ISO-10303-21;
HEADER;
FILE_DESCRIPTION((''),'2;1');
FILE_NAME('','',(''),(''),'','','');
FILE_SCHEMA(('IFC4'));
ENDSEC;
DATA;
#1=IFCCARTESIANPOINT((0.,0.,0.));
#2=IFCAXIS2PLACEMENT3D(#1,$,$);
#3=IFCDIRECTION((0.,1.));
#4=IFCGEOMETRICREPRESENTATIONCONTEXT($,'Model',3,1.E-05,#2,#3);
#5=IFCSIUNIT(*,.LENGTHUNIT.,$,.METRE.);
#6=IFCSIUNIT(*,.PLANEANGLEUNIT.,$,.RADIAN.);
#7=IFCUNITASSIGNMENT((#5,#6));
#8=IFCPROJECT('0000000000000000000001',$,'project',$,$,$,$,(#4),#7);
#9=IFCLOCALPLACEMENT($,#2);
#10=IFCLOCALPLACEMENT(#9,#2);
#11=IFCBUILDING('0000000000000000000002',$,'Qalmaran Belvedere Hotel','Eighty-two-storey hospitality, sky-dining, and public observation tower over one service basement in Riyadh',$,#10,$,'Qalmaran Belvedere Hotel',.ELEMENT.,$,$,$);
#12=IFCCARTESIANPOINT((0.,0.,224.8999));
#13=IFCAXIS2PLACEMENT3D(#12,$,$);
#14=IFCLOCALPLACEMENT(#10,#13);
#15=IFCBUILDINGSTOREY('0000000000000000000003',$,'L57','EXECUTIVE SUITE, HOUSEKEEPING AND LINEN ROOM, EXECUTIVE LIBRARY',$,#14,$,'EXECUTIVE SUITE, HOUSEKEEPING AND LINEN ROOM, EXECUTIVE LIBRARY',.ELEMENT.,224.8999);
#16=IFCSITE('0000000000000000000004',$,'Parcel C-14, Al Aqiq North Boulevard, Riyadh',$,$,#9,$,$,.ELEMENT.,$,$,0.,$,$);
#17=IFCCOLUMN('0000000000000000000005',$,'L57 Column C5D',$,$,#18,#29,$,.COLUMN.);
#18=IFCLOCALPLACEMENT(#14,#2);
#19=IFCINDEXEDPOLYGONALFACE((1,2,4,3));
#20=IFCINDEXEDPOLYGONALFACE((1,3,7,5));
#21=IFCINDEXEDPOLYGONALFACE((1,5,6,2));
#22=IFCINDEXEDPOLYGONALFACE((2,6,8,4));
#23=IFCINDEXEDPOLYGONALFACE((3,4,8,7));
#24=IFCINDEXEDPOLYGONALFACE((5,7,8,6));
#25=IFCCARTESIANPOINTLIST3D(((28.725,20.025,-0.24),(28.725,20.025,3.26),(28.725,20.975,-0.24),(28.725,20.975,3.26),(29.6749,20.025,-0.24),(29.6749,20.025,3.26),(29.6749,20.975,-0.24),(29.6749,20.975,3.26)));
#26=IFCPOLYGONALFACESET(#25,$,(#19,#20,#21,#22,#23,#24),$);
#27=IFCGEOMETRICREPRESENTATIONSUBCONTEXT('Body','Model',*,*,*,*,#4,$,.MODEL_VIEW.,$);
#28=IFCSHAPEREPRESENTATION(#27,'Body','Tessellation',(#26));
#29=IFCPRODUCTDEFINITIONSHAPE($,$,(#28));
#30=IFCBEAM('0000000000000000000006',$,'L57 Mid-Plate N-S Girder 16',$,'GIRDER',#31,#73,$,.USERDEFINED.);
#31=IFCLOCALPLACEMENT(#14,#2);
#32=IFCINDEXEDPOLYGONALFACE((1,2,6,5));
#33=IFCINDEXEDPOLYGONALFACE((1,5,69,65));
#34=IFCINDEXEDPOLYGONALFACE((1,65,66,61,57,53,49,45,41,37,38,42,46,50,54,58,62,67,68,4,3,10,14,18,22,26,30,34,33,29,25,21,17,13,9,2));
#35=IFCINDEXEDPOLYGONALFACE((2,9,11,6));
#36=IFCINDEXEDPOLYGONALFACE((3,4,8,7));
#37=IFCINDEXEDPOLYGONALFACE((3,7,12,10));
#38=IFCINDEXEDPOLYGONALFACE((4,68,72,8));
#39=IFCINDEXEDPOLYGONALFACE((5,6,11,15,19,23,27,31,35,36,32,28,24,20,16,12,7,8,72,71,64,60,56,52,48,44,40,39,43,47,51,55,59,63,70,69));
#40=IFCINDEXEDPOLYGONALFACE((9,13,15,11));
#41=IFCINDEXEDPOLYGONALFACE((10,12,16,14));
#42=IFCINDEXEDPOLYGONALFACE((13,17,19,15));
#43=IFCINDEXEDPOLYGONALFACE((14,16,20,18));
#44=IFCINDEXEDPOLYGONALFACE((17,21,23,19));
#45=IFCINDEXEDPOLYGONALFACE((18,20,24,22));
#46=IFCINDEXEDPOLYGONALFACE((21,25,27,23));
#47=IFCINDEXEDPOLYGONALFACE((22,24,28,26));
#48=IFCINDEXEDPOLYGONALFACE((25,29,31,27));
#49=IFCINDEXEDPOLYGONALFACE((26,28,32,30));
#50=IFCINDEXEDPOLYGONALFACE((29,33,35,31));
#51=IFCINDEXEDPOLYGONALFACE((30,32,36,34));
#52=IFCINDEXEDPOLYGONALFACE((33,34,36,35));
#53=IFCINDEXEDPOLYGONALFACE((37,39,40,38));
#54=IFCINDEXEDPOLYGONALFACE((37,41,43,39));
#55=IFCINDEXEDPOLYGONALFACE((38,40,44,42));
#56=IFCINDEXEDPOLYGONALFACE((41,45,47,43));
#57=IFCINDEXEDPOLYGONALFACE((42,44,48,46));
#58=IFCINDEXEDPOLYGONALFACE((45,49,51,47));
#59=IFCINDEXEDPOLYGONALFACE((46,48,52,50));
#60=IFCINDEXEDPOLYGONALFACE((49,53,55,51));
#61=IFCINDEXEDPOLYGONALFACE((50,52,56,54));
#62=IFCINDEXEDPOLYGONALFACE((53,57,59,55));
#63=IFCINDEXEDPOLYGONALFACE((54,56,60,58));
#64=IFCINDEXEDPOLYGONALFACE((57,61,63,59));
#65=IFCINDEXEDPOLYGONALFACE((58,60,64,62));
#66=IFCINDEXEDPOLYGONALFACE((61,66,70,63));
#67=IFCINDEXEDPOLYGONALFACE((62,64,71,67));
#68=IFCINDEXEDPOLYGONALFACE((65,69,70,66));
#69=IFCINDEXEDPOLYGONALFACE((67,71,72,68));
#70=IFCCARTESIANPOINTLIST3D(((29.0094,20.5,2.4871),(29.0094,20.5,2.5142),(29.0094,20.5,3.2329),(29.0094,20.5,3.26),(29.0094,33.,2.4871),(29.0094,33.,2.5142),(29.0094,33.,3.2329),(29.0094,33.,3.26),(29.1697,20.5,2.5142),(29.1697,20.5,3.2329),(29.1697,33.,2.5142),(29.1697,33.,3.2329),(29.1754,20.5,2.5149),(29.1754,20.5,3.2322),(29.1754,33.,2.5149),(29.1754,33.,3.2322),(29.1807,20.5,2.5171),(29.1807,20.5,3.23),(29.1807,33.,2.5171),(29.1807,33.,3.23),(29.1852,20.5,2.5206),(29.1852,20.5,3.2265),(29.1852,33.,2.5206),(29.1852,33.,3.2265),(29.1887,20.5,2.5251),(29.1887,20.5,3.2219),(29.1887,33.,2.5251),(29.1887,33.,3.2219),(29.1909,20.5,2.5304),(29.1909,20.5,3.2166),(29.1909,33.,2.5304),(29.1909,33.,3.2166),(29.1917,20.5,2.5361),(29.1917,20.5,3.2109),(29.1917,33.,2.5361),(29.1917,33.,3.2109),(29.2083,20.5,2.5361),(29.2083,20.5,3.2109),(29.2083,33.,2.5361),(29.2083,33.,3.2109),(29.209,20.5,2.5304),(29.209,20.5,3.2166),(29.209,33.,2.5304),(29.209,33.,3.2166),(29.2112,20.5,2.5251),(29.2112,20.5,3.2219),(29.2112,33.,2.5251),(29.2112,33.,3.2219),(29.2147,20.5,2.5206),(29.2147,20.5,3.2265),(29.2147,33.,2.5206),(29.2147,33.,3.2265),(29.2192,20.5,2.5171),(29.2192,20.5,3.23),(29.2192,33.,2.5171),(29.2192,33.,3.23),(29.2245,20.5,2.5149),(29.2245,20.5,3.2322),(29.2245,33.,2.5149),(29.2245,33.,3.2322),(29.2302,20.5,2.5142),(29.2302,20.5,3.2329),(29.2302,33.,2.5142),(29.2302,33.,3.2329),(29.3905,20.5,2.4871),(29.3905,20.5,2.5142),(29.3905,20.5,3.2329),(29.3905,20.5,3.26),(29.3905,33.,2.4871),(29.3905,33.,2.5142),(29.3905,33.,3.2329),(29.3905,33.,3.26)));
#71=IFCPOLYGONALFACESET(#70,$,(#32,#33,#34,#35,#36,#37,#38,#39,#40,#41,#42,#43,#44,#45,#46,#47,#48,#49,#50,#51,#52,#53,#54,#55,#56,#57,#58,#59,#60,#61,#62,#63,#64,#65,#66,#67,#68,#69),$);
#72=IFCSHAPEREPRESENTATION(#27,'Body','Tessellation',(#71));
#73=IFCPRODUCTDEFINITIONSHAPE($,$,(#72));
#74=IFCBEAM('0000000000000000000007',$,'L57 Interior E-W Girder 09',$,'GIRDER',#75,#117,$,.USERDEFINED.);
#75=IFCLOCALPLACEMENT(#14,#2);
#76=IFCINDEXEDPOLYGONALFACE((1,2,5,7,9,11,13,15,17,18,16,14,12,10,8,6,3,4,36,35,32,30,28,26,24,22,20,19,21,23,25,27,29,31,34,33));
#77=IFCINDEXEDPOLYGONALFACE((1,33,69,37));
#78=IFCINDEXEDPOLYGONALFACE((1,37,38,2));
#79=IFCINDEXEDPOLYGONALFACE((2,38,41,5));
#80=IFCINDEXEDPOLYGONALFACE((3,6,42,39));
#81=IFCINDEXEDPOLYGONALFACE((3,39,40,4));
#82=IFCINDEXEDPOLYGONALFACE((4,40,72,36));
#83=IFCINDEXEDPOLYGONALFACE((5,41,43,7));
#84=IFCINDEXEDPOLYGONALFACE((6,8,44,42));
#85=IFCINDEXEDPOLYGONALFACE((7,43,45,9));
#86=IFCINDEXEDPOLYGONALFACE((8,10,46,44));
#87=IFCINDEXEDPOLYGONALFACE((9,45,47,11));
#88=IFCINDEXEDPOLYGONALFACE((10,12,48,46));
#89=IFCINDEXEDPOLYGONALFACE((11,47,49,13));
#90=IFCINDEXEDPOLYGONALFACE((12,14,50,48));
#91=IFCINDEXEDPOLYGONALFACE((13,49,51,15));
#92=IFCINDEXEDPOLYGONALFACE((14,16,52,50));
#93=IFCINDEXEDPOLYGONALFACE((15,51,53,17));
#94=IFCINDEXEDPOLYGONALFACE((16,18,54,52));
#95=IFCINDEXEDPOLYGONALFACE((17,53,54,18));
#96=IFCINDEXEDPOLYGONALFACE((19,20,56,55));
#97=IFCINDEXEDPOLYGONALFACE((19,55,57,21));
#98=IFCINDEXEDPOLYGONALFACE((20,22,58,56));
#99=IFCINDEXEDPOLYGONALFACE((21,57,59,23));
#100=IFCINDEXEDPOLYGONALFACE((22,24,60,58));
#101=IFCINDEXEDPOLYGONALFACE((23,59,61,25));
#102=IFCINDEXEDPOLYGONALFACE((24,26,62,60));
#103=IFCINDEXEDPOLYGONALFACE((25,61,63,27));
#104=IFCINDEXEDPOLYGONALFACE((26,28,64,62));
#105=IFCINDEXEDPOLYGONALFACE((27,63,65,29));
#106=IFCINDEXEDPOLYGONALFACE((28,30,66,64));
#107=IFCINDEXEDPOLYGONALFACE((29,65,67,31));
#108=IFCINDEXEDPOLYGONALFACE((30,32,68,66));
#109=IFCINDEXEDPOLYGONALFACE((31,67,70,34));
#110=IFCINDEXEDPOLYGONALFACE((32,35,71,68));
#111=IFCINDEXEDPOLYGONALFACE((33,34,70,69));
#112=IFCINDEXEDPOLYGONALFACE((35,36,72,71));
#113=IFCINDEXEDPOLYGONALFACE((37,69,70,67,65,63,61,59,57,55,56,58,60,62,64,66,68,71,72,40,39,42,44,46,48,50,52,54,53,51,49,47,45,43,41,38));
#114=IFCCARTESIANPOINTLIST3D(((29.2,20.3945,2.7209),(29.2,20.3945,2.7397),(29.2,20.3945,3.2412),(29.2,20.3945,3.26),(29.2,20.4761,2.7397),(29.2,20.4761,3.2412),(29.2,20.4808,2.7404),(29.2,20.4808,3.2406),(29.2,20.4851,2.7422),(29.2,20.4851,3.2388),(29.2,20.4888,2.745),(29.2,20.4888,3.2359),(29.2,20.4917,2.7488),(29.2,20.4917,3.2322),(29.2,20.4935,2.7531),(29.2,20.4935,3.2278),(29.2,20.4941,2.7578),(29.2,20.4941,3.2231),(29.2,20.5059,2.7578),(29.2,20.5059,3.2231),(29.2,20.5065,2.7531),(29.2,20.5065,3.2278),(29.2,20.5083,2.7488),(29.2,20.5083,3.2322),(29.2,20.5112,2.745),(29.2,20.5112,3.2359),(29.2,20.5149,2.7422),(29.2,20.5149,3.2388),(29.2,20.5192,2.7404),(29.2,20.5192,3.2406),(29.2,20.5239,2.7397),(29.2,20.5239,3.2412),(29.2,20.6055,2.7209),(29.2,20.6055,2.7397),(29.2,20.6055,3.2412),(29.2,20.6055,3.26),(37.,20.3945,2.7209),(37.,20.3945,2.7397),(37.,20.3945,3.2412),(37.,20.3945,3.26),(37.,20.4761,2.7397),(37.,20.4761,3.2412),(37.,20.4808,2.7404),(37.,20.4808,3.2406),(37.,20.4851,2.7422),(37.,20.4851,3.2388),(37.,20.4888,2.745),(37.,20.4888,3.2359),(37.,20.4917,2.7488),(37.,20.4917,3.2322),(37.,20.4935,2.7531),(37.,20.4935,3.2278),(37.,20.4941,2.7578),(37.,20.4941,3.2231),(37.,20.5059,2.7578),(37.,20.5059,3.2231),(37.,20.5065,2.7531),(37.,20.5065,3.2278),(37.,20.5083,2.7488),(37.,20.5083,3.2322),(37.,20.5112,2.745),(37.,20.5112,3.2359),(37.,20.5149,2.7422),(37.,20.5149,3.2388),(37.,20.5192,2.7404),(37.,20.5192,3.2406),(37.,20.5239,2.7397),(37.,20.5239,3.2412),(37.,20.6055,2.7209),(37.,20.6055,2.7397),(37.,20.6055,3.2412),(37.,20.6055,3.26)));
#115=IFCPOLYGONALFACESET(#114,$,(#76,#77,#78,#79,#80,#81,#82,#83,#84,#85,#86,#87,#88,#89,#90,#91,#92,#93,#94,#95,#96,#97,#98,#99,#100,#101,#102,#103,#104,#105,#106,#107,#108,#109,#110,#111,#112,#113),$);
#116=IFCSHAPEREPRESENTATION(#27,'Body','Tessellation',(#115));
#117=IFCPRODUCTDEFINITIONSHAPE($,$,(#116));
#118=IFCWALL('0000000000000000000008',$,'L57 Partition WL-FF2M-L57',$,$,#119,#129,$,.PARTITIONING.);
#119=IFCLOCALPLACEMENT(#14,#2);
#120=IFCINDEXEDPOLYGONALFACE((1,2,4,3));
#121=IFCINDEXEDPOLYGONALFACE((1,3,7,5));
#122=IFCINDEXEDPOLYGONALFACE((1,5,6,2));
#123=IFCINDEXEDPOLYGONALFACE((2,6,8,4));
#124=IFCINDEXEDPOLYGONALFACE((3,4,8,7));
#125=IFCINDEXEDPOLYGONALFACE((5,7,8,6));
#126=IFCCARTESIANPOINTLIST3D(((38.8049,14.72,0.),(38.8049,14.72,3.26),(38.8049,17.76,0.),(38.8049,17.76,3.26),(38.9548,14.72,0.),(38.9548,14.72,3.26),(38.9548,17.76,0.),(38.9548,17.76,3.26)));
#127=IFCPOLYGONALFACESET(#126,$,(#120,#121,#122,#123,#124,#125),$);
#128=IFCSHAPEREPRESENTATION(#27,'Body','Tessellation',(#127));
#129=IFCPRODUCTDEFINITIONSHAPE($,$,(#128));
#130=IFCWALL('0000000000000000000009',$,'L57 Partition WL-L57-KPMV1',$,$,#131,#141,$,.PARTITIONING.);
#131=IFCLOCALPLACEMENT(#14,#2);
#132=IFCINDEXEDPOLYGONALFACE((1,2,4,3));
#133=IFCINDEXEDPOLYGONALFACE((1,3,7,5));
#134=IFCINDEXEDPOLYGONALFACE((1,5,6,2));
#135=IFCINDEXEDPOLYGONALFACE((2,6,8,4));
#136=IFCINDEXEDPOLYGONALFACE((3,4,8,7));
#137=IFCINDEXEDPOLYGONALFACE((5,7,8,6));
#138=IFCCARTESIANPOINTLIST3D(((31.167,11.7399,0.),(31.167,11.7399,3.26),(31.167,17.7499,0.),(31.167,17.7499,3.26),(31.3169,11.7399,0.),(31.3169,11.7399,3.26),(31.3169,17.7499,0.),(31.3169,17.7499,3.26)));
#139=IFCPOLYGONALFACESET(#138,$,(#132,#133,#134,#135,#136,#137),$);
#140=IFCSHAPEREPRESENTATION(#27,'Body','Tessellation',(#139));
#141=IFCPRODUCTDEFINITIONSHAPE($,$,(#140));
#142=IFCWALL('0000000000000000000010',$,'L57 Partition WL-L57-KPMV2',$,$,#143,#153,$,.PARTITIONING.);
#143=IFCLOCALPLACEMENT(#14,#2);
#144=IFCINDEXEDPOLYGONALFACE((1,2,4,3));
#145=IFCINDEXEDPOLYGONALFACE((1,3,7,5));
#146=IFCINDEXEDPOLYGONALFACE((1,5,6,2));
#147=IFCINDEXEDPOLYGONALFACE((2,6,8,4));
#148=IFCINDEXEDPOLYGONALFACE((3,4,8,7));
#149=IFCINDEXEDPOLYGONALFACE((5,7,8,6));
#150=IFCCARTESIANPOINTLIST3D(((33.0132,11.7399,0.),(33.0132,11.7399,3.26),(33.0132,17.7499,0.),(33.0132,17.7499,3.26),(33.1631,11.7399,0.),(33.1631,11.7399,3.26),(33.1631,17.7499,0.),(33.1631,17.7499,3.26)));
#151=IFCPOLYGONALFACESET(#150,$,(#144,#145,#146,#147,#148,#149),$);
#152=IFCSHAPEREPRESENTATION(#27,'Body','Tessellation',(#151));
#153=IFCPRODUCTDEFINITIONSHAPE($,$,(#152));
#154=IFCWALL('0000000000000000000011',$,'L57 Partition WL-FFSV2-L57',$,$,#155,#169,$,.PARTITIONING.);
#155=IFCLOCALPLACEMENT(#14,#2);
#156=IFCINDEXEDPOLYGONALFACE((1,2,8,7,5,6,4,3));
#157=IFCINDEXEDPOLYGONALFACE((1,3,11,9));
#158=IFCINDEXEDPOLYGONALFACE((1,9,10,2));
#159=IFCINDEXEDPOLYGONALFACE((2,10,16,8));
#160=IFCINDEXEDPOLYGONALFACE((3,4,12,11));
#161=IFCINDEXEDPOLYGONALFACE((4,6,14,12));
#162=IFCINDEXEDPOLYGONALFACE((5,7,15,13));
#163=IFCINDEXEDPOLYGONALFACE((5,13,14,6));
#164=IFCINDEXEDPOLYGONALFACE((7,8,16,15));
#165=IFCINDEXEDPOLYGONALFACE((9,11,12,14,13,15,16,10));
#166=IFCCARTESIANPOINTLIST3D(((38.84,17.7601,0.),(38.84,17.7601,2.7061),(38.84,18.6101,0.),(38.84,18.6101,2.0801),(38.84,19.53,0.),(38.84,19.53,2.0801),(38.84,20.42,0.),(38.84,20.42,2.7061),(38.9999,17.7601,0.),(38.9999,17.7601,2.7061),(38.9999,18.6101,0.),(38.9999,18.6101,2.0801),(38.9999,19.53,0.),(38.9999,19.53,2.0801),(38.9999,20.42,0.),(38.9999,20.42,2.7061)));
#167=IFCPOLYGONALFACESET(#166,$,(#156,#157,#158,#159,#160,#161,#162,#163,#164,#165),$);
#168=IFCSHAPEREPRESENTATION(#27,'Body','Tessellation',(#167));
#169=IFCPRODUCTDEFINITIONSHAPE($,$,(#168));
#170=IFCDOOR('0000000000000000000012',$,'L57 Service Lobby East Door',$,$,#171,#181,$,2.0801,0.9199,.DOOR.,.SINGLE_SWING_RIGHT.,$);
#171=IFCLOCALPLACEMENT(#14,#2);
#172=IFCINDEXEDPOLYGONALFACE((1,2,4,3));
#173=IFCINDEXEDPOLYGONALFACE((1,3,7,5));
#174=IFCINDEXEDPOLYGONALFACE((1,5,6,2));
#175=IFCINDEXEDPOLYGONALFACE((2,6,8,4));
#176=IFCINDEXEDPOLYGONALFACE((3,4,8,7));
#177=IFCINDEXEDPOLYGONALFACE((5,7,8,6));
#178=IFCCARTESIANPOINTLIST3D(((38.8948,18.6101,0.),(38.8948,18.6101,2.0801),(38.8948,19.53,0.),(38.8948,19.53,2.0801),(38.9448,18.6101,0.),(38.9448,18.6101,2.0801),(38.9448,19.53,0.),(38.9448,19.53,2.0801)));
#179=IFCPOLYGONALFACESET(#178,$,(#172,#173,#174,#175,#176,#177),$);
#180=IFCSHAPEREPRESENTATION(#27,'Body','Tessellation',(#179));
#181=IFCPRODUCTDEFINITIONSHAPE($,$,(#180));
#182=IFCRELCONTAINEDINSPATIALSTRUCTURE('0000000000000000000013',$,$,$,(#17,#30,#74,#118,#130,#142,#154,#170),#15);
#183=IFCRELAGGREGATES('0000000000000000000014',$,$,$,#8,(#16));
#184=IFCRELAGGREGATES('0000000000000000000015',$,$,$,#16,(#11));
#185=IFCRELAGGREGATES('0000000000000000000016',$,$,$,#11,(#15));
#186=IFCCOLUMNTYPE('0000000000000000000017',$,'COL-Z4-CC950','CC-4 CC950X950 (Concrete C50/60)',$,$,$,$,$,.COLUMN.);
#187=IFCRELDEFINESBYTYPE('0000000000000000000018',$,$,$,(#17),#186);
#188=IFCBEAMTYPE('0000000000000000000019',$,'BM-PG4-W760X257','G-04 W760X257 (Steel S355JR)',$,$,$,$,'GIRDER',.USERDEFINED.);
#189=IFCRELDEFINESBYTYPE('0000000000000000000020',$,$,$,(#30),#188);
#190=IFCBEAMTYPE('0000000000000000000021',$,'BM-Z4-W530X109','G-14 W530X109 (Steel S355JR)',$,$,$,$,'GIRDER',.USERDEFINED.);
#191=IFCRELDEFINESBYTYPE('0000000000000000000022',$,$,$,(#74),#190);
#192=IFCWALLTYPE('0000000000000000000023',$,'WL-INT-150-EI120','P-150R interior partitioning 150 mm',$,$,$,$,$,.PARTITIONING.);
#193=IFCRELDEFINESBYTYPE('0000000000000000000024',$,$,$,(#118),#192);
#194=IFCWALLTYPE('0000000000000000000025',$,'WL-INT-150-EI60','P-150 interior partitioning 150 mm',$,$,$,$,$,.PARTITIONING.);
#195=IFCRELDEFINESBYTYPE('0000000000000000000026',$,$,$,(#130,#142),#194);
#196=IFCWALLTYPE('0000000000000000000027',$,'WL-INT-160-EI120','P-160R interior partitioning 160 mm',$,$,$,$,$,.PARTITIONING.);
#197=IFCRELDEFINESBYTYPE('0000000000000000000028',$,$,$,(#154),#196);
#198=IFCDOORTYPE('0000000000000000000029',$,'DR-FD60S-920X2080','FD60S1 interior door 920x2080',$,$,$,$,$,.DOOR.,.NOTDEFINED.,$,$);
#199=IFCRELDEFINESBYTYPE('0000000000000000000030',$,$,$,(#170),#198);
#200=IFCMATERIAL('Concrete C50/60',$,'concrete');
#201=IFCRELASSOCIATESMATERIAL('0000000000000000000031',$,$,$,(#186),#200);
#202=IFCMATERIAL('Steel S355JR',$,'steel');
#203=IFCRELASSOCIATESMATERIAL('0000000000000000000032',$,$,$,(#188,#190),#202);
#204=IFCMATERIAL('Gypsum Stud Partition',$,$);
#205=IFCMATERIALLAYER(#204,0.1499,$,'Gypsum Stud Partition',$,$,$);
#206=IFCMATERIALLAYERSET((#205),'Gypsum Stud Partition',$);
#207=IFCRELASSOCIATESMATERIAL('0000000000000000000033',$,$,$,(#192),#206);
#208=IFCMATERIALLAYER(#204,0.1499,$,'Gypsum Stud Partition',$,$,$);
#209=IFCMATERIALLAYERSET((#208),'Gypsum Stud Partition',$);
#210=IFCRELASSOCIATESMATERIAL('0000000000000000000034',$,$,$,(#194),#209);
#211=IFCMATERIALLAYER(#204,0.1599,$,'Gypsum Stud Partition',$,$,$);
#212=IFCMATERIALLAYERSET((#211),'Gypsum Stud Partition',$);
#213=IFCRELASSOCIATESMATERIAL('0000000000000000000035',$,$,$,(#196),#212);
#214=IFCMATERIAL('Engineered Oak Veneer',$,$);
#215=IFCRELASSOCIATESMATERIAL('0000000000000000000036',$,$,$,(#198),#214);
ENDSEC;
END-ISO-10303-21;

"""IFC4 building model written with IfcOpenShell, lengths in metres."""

from ifc_helpers import new_model, si_unit, direction, frame, frame_2d, origin, origin_2d, place, context, subcontext, project, spatial, rectangle, i_section, extrude, material, layer, layer_set, material_profile, profile_set, type_object, element, fill, save


model = new_model("IFC4")

# Units and contexts
model_context = context("Model", 3, precision=1e-05, world=origin(), true_north=direction((0.0, 1.0)))
body_context = subcontext(model_context, "Body", "Model", "MODEL_VIEW")
ifc_project = project(units=[si_unit("LENGTHUNIT", "METRE"), si_unit("PLANEANGLEUNIT", "RADIAN")], contexts=[model_context])

# Site, building, storey
site_placement = place(None, origin())
site = spatial("IfcSite", under=ifc_project, at=site_placement, Name="Parcel C-14, Al Aqiq North Boulevard, Riyadh", CompositionType="ELEMENT", RefElevation=0.0)
building_placement = place(site_placement, origin())
building = spatial("IfcBuilding", under=site, at=building_placement, Name="Qalmaran Belvedere Hotel", Description="Eighty-two-storey hospitality, sky-dining, and public observation tower over one service basement in Riyadh", LongName="Qalmaran Belvedere Hotel", CompositionType="ELEMENT")
storey_placement = place(building_placement, frame((0.0, 0.0, 224.8999)))
storey = spatial("IfcBuildingStorey", under=building, at=storey_placement, Name="L57", Description="EXECUTIVE SUITE, HOUSEKEEPING AND LINEN ROOM, EXECUTIVE LIBRARY", LongName="EXECUTIVE SUITE, HOUSEKEEPING AND LINEN ROOM, EXECUTIVE LIBRARY", CompositionType="ELEMENT", Elevation=224.8999)

# Column
ifc_material_1 = material(Name="Concrete C50/60", Category="concrete")
ifc_material_profile_1 = material_profile(ifc_material_1, rectangle(XDim=0.95, YDim=0.95, at=origin_2d()), Name="CC950X950")
ifc_profile_set_1 = profile_set([ifc_material_profile_1], Name="Concrete C50/60")
column_type = type_object("IfcColumnType", Name="COL-Z4-CC950", Description="CC-4 CC950X950 (Concrete C50/60)", PredefinedType="COLUMN", material=ifc_profile_set_1)
column_placement = place(storey_placement, frame((29.2, 20.5, -0.24), z_axis=(0.0, 0.0, 1.0), x_axis=(1.0, 0.0, 0.0)))
element("IfcColumn", 1, at=column_placement, inside=storey, type_object=column_type, Name="L57 Column C5D", PredefinedType="COLUMN", context=body_context, shape_type="SweptSolid", body=[
    extrude(rectangle(XDim=0.95, YDim=0.95, at=origin_2d()), origin(), (0.0, 0.0, 1.0), 3.5),
])

# Beams
ifc_material_2 = material(Name="Steel S355JR", Category="steel")
ifc_material_profile_2 = material_profile(ifc_material_2, i_section(OverallWidth=0.3811, OverallDepth=0.7729, WebThickness=0.0166, FlangeThickness=0.0271, FilletRadius=0.022, at=origin_2d()), Name="W760X257")
ifc_profile_set_2 = profile_set([ifc_material_profile_2], Name="Steel S355JR")
beam_type_1 = type_object("IfcBeamType", Name="BM-PG4-W760X257", Description="G-04 W760X257 (Steel S355JR)", ElementType="GIRDER", PredefinedType="USERDEFINED", material=ifc_profile_set_2)
beam_1_placement = place(storey_placement, frame((29.2, 20.5, 2.8735), z_axis=(0.0, 1.0, 0.0), x_axis=(-1.0, 0.0, 0.0)))
element("IfcBeam", 2, at=beam_1_placement, inside=storey, type_object=beam_type_1, Name="L57 Mid-Plate N-S Girder 16", ObjectType="GIRDER", PredefinedType="USERDEFINED", context=body_context, shape_type="SweptSolid", body=[
    extrude(i_section(OverallWidth=0.3811, OverallDepth=0.7729, WebThickness=0.0166, FlangeThickness=0.0271, FilletRadius=0.022, at=origin_2d()), origin(), (0.0, 0.0, 1.0), 12.5),
])
ifc_material_profile_3 = material_profile(ifc_material_2, i_section(OverallWidth=0.2109, OverallDepth=0.5391, WebThickness=0.0117, FlangeThickness=0.0188, FilletRadius=0.0181, at=origin_2d()), Name="W530X109")
ifc_profile_set_3 = profile_set([ifc_material_profile_3], Name="Steel S355JR")
beam_type_2 = type_object("IfcBeamType", Name="BM-Z4-W530X109", Description="G-14 W530X109 (Steel S355JR)", ElementType="GIRDER", PredefinedType="USERDEFINED", material=ifc_profile_set_3)
beam_2_placement = place(storey_placement, frame((29.2, 20.5, 2.9905), z_axis=(1.0, 0.0, 0.0), x_axis=(0.0, 1.0, 0.0)))
element("IfcBeam", 3, at=beam_2_placement, inside=storey, type_object=beam_type_2, Name="L57 Interior E-W Girder 09", ObjectType="GIRDER", PredefinedType="USERDEFINED", context=body_context, shape_type="SweptSolid", body=[
    extrude(i_section(OverallWidth=0.2109, OverallDepth=0.5391, WebThickness=0.0117, FlangeThickness=0.0188, FilletRadius=0.0181, at=origin_2d()), origin(), (0.0, 0.0, 1.0), 7.8),
])

# Walls
ifc_material_3 = material(Name="Gypsum Stud Partition")
ifc_layer_1 = layer(ifc_material_3, 0.1499, Name="Gypsum Stud Partition")
ifc_layer_set_1 = layer_set([ifc_layer_1], Name="Gypsum Stud Partition")
wall_type_1 = type_object("IfcWallType", Name="WL-INT-150-EI120", Description="P-150R interior partitioning 150 mm", PredefinedType="PARTITIONING", material=ifc_layer_set_1)
wall_1_placement = place(storey_placement, frame((38.8799, 14.72, 0.0), z_axis=(0.0, 0.0, 1.0), x_axis=(0.0, 1.0, 0.0)))
element("IfcWall", 4, at=wall_1_placement, inside=storey, type_object=wall_type_1, Name="L57 Partition WL-FF2M-L57", PredefinedType="PARTITIONING", context=body_context, shape_type="SweptSolid", body=[
    extrude(rectangle(XDim=3.04, YDim=0.1499, at=frame_2d((1.52, 0.0))), origin(), (0.0, 0.0, 1.0), 3.26),
])
ifc_layer_2 = layer(ifc_material_3, 0.1499, Name="Gypsum Stud Partition")
ifc_layer_set_2 = layer_set([ifc_layer_2], Name="Gypsum Stud Partition")
wall_type_2 = type_object("IfcWallType", Name="WL-INT-150-EI60", Description="P-150 interior partitioning 150 mm", PredefinedType="PARTITIONING", material=ifc_layer_set_2)
for number, where, z_axis, x_axis, name in (
    (5, (31.2419, 11.74, 0.0), (0.0, 0.0, 1.0), (0.0, 1.0, 0.0), "L57 Partition WL-L57-KPMV1"),
    (6, (33.0881, 11.74, 0.0), (0.0, 0.0, 1.0), (0.0, 1.0, 0.0), "L57 Partition WL-L57-KPMV2"),
):
    element("IfcWall", number, at=place(storey_placement, frame(where, z_axis=z_axis, x_axis=x_axis)), inside=storey, type_object=wall_type_2, Name=name, PredefinedType="PARTITIONING", context=body_context, shape_type="SweptSolid", body=[
        extrude(rectangle(XDim=6.01, YDim=0.1499, at=frame_2d((3.0049, 0.0))), origin(), (0.0, 0.0, 1.0), 3.26),
    ])

# Wall, opening, door
ifc_layer_3 = layer(ifc_material_3, 0.1599, Name="Gypsum Stud Partition")
ifc_layer_set_3 = layer_set([ifc_layer_3], Name="Gypsum Stud Partition")
wall_type_3 = type_object("IfcWallType", Name="WL-INT-160-EI120", Description="P-160R interior partitioning 160 mm", PredefinedType="PARTITIONING", material=ifc_layer_set_3)
wall_2_placement = place(storey_placement, frame((38.9199, 17.76, 0.0), z_axis=(0.0, 0.0, 1.0), x_axis=(0.0, 1.0, 0.0)))
wall_2 = element("IfcWall", 7, at=wall_2_placement, inside=storey, type_object=wall_type_3, Name="L57 Partition WL-FFSV2-L57", PredefinedType="PARTITIONING", context=body_context, shape_type="SweptSolid", body=[
    extrude(rectangle(XDim=2.6599, YDim=0.1599, at=frame_2d((1.3301, 0.0))), origin(), (0.0, 0.0, 1.0), 2.7061),
])
opening_1_placement = place(wall_2_placement, frame((1.77, 0.0, 0.0), z_axis=(0.0, 0.0, 1.0), x_axis=(-1.0, 0.0, 0.0)))
opening_1 = element("IfcOpeningElement", 8, at=opening_1_placement, cuts=wall_2, PredefinedType="OPENING", context=body_context, shape_type="SweptSolid", body=[
    extrude(rectangle(XDim=0.9199, YDim=2.0801, at=frame_2d((0.46, 1.04))), frame((0.0, 0.0898, 0.0), z_axis=(0.0, -1.0, 0.0), x_axis=(1.0, 0.0, 0.0)), (0.0, 0.0, 1.0), 0.1799),
])
ifc_material_4 = material(Name="Engineered Oak Veneer")
door_type_1 = type_object("IfcDoorType", Name="DR-FD60S-920X2080", Description="FD60S1 interior door 920x2080", OperationType="NOTDEFINED", PredefinedType="DOOR", material=ifc_material_4)
door_1_placement = place(opening_1_placement, origin())
door_1 = element("IfcDoor", 9, at=door_1_placement, inside=storey, type_object=door_type_1, Name="L57 Service Lobby East Door", OperationType="SINGLE_SWING_RIGHT", OverallHeight=2.0801, OverallWidth=0.9199, PredefinedType="DOOR", context=body_context, shape_type="SweptSolid", body=[
    extrude(rectangle(XDim=0.9199, YDim=2.0801, at=frame_2d((0.46, 1.04))), frame((0.0, 0.0249, 0.0), z_axis=(0.0, -1.0, 0.0), x_axis=(1.0, 0.0, 0.0)), (0.0, 0.0, 1.0), 0.05),
])
fill(opening_1, door_1)

save(model, "model.ifc")
